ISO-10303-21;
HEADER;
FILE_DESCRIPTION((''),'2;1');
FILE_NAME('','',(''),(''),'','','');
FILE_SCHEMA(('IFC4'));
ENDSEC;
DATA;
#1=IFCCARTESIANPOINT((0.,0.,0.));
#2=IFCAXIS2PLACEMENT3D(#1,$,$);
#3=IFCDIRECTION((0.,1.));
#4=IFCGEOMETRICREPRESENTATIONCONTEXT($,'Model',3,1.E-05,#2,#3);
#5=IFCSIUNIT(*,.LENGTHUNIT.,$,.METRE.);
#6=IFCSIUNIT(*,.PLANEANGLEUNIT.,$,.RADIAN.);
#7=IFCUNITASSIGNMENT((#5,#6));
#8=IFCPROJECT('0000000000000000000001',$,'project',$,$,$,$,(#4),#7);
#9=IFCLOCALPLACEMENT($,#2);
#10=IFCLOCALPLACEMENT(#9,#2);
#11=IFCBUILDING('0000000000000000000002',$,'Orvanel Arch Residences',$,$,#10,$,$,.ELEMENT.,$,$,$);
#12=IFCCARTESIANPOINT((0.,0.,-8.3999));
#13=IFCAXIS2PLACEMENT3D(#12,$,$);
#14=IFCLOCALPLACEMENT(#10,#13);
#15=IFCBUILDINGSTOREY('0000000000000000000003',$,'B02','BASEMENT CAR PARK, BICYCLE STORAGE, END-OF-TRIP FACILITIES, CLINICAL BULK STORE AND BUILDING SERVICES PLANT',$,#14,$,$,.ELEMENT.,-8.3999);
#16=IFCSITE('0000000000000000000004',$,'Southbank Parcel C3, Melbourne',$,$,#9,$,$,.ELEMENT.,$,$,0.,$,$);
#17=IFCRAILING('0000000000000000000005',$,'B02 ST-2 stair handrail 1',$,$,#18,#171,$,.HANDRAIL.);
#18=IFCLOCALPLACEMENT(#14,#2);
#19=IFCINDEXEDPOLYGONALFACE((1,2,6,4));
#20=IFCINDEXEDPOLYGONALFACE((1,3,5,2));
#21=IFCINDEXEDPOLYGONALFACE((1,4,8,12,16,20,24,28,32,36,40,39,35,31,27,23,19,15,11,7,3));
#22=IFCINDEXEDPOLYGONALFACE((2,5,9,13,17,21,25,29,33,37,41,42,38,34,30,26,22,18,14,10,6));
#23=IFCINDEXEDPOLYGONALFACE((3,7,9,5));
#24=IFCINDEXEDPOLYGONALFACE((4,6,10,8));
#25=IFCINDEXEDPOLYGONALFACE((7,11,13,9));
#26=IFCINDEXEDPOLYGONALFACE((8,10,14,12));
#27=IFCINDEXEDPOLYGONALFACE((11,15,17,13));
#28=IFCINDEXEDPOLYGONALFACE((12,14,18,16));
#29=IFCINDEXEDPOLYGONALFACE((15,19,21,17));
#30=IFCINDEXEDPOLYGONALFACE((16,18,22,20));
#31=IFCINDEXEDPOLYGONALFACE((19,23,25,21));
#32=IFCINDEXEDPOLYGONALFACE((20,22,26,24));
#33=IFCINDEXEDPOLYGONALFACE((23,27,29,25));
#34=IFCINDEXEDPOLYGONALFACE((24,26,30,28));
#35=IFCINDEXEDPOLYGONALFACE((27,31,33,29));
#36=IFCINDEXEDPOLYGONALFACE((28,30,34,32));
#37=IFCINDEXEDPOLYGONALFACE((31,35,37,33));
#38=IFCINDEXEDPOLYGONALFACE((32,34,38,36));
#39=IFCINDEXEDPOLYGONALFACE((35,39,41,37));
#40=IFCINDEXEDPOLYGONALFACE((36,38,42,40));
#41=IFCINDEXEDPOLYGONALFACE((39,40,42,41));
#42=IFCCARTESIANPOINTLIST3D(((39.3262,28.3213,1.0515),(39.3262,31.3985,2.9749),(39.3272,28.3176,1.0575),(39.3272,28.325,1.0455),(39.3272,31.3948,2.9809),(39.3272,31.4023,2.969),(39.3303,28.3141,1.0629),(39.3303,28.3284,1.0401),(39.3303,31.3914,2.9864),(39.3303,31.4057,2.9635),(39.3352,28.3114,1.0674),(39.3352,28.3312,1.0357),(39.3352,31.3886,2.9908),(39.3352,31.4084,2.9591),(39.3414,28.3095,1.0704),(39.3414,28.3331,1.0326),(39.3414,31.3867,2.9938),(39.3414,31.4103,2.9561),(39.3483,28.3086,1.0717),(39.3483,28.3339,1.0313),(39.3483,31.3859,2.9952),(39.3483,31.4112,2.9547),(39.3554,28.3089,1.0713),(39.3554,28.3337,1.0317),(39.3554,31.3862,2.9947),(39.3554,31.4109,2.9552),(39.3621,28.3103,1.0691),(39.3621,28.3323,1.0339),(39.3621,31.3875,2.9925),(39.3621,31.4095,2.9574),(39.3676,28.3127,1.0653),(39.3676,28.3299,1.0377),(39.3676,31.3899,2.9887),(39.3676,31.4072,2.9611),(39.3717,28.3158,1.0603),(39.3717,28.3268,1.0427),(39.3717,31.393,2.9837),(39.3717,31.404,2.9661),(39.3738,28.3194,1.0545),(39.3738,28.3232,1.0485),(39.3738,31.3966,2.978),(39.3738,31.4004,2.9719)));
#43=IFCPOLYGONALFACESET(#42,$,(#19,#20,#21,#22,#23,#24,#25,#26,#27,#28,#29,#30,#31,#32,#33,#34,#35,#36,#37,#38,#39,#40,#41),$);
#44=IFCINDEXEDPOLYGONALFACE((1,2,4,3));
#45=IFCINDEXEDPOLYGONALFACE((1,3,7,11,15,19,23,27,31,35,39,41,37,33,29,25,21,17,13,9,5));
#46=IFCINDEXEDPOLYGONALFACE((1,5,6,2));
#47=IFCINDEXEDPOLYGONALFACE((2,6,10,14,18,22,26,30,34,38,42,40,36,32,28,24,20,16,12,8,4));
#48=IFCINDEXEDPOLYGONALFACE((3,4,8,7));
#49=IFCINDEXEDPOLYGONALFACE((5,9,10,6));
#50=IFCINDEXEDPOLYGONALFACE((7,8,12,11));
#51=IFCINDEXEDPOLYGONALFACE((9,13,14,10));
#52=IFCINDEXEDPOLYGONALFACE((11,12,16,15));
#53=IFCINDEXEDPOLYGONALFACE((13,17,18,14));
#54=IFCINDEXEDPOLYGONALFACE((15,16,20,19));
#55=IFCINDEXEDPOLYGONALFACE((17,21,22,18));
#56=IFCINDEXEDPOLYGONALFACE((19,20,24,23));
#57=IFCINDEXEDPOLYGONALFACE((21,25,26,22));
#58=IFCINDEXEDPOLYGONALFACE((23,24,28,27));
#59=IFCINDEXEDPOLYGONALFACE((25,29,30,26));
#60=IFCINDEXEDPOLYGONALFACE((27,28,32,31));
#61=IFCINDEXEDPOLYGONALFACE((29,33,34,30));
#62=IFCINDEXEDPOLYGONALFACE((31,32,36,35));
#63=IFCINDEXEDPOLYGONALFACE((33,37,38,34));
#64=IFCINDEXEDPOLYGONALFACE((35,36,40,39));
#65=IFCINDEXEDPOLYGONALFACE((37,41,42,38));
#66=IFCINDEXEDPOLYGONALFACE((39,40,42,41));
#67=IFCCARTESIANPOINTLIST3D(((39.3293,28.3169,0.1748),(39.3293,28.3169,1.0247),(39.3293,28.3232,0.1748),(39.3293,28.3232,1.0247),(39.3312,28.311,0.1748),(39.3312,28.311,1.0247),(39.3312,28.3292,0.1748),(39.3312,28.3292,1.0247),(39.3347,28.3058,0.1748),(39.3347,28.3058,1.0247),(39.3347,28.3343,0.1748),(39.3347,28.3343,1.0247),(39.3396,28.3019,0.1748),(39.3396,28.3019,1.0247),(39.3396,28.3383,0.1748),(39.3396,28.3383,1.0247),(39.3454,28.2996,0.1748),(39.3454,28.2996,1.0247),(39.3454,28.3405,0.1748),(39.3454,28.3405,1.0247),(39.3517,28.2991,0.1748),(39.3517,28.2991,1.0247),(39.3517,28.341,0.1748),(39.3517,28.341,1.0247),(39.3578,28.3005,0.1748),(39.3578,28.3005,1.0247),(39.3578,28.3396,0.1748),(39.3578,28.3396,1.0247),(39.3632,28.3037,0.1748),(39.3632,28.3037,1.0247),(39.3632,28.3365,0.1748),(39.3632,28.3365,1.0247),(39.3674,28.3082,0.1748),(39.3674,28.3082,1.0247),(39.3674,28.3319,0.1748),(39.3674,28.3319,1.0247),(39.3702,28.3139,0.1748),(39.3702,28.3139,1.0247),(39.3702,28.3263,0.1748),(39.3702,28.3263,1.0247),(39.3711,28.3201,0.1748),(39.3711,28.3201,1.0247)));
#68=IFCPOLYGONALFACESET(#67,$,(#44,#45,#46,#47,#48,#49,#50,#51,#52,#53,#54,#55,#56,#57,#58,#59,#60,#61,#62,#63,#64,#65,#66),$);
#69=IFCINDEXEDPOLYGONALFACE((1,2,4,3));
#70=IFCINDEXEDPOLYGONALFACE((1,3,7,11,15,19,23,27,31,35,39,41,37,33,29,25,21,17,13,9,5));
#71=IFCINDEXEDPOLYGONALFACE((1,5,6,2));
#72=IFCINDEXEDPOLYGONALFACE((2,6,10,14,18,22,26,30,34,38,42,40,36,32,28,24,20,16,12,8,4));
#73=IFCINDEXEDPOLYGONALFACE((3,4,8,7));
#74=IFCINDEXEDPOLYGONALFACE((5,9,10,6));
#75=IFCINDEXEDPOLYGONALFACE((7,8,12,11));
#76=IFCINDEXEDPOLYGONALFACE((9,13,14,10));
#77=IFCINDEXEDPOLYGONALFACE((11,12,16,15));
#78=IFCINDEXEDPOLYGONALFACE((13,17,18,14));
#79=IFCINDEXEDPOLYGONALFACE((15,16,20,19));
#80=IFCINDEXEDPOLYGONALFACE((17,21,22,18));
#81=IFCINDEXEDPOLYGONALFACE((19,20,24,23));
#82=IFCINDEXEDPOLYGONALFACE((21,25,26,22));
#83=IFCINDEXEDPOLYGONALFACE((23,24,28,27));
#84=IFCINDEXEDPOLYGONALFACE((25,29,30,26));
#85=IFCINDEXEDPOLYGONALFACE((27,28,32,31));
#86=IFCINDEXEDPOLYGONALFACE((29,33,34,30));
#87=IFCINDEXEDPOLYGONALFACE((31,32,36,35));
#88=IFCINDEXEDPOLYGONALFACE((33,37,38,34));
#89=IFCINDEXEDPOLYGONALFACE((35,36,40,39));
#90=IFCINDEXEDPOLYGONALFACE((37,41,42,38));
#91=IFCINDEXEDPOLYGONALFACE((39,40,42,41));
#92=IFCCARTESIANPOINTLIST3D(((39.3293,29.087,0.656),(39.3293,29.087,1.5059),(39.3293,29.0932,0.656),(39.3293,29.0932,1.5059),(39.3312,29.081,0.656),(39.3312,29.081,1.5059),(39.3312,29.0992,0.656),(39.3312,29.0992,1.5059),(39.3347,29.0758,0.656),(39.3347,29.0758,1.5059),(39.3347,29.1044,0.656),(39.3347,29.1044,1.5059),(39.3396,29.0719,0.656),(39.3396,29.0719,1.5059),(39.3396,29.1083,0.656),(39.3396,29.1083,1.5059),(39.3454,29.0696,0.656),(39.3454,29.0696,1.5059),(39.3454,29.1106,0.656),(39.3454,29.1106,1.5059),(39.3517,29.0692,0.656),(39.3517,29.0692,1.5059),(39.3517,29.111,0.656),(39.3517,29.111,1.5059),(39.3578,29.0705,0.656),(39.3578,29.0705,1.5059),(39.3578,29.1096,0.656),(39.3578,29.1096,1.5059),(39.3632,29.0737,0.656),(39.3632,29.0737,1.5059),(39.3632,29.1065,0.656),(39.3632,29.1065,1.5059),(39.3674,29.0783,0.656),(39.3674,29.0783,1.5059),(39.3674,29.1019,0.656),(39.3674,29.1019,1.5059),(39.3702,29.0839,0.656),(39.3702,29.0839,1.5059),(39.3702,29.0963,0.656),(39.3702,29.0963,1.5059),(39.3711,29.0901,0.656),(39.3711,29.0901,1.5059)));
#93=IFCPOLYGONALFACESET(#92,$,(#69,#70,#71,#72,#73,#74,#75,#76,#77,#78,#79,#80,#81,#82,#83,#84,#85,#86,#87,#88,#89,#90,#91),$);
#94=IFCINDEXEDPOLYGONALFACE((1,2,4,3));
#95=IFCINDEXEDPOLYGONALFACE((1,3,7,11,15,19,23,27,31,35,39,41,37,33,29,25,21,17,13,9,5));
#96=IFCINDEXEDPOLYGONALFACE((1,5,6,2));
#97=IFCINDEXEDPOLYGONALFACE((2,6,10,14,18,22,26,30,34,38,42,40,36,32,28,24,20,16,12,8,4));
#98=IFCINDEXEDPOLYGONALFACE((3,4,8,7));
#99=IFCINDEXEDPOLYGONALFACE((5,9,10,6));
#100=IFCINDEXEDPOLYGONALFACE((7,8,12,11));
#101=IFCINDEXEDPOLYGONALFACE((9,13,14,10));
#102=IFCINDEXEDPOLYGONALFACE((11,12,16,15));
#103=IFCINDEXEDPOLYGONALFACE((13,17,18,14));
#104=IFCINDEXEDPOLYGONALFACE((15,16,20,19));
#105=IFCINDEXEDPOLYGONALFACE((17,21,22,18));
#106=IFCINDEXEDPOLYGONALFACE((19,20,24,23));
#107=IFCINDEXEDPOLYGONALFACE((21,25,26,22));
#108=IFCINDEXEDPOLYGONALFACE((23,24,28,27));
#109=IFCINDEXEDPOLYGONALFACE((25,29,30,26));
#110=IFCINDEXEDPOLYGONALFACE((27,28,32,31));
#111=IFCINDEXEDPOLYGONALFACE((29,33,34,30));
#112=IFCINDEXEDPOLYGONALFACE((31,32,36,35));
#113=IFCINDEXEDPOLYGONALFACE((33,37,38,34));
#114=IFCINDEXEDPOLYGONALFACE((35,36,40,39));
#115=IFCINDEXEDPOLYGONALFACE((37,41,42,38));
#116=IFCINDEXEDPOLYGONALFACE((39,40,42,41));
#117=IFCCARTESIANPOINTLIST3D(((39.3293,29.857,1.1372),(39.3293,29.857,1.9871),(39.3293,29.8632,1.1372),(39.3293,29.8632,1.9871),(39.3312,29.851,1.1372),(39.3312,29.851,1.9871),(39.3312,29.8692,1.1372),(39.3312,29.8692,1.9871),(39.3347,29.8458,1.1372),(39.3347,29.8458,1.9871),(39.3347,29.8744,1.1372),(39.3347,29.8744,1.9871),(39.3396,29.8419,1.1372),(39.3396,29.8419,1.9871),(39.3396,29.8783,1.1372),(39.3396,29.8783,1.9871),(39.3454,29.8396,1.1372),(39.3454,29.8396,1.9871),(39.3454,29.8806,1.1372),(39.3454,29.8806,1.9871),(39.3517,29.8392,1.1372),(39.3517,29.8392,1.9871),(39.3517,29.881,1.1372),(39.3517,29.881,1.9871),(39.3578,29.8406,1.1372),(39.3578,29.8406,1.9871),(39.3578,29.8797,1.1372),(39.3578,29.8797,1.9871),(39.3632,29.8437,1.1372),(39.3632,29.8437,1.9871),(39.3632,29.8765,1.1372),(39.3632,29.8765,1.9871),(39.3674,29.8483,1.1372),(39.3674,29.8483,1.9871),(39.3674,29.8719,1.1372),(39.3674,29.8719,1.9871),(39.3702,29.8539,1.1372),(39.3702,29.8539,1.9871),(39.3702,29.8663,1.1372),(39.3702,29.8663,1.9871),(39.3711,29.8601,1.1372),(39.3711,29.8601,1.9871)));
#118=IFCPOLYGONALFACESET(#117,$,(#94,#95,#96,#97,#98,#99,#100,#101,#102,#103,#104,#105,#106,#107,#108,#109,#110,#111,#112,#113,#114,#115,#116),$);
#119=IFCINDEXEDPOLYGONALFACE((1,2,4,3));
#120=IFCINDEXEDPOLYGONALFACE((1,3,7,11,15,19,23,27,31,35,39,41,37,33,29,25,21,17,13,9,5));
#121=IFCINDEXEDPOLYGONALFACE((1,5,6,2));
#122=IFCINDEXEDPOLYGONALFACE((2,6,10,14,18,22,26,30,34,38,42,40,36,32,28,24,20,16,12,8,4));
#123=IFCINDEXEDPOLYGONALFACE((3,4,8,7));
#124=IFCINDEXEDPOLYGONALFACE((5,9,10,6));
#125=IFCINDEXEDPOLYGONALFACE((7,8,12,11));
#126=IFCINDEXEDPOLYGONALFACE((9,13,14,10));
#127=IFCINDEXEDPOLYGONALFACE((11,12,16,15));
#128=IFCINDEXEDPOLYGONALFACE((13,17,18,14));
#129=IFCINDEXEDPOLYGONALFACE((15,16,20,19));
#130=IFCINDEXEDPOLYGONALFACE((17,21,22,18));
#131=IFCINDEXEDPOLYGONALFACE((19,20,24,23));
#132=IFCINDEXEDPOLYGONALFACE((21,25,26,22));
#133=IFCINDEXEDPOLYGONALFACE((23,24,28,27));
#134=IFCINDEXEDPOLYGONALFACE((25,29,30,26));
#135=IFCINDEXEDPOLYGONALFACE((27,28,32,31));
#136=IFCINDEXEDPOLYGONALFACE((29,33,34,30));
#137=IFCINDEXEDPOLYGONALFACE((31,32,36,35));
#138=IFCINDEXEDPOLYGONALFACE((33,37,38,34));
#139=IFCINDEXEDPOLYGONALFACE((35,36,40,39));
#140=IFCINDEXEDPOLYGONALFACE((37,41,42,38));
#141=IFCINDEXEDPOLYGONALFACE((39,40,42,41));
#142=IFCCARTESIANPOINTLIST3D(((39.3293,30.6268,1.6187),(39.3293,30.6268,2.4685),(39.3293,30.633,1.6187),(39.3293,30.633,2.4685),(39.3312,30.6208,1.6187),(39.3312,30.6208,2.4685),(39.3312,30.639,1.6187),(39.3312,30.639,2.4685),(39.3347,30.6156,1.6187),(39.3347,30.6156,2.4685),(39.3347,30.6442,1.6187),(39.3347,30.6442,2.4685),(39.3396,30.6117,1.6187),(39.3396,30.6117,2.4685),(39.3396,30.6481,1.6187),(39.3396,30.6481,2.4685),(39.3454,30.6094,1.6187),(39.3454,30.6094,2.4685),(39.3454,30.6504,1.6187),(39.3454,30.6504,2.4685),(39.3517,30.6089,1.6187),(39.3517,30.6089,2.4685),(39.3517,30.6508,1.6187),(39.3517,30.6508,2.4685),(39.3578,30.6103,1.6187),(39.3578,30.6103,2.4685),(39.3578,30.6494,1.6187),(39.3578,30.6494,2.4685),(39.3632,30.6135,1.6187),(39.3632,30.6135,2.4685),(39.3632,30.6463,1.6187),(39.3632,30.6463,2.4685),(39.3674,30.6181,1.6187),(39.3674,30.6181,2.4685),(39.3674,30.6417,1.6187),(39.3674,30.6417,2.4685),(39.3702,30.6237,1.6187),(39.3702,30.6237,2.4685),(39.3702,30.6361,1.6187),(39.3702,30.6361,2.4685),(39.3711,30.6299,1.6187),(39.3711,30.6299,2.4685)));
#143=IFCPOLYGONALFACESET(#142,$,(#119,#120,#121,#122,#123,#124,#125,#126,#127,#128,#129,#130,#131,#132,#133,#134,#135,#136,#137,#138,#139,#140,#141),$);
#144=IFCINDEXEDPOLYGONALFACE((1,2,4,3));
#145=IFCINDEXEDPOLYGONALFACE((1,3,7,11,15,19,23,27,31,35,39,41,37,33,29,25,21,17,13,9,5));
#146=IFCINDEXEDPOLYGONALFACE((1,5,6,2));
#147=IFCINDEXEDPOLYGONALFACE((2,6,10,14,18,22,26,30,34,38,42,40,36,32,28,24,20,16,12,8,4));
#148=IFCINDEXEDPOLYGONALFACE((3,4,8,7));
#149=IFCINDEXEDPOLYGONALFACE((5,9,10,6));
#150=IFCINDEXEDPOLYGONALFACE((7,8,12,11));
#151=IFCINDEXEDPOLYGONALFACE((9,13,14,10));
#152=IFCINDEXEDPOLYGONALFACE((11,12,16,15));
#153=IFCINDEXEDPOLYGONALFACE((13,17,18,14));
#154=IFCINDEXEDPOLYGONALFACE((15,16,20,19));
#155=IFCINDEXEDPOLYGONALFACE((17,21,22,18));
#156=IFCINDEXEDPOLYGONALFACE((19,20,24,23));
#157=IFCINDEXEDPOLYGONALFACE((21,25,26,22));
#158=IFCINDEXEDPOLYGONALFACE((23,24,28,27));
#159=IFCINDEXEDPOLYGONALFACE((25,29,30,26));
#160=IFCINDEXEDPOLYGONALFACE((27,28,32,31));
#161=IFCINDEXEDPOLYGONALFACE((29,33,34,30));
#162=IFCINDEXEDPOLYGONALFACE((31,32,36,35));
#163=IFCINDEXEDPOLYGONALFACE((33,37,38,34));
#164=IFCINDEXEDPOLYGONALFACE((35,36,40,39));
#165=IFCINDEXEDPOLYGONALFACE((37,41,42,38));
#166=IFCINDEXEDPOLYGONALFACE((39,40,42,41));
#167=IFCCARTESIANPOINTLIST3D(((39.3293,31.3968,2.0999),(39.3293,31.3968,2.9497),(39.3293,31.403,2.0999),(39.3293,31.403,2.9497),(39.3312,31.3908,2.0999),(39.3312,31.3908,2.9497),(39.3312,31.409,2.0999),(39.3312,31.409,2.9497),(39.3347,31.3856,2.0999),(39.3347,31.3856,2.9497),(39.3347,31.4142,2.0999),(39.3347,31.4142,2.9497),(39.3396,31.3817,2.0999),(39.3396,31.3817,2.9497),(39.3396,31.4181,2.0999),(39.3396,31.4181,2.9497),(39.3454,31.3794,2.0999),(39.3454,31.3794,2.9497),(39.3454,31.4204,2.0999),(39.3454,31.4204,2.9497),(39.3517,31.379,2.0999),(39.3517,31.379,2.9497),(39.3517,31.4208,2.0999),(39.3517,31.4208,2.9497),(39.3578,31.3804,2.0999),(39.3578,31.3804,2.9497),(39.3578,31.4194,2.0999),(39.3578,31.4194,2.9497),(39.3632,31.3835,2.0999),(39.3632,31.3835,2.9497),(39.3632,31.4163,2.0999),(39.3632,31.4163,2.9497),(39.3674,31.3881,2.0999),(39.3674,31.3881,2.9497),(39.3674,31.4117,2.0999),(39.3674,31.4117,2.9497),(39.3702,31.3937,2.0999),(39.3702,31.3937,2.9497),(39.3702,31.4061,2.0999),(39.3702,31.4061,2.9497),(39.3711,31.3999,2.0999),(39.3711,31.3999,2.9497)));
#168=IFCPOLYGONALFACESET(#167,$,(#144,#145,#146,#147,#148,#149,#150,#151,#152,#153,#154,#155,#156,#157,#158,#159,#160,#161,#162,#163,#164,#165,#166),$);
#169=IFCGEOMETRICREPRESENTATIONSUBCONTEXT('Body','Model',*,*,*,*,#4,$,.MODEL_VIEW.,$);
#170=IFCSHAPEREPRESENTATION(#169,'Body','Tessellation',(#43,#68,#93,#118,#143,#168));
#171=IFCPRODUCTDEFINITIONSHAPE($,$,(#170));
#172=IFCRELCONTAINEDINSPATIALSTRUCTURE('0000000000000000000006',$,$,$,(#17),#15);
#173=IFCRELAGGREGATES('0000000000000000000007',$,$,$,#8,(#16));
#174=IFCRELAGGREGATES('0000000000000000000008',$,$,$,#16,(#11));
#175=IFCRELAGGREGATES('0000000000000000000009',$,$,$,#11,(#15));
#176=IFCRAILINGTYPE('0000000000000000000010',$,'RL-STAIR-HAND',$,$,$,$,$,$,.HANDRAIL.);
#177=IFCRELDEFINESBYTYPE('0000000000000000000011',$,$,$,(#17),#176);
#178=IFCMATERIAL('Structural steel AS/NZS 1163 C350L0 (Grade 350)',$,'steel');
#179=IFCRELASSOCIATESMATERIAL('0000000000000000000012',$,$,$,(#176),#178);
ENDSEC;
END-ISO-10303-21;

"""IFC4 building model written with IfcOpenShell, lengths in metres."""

from ifc_helpers import new_model, si_unit, direction, frame, origin, origin_2d, place, context, subcontext, project, spatial, circle, extrude, material, type_object, element, save


model = new_model("IFC4")

# Units and contexts
model_context = context("Model", 3, precision=1e-05, world=origin(), true_north=direction((0.0, 1.0)))
body_context = subcontext(model_context, "Body", "Model", "MODEL_VIEW")
ifc_project = project(units=[si_unit("LENGTHUNIT", "METRE"), si_unit("PLANEANGLEUNIT", "RADIAN")], contexts=[model_context])

# Site, building, storey
site_placement = place(None, origin())
site = spatial("IfcSite", under=ifc_project, at=site_placement, Name="Southbank Parcel C3, Melbourne", CompositionType="ELEMENT", RefElevation=0.0)
building_placement = place(site_placement, origin())
building = spatial("IfcBuilding", under=site, at=building_placement, Name="Orvanel Arch Residences", CompositionType="ELEMENT")
storey_placement = place(building_placement, frame((0.0, 0.0, -8.3999)))
storey = spatial("IfcBuildingStorey", under=building, at=storey_placement, Name="B02", Description="BASEMENT CAR PARK, BICYCLE STORAGE, END-OF-TRIP FACILITIES, CLINICAL BULK STORE AND BUILDING SERVICES PLANT", CompositionType="ELEMENT", Elevation=-8.3999)

# Railing
ifc_material_1 = material(Name="Structural steel AS/NZS 1163 C350L0 (Grade 350)", Category="steel")
railing_type_1 = type_object("IfcRailingType", Name="RL-STAIR-HAND", PredefinedType="HANDRAIL", material=ifc_material_1)
railing_1_placement = place(storey_placement, frame((39.3501, 28.3201, 0.1748)))
element("IfcRailing", 1, at=railing_1_placement, inside=storey, type_object=railing_type_1, Name="B02 ST-2 stair handrail 1", PredefinedType="HANDRAIL", context=body_context, shape_type="SweptSolid", body=[
    extrude(circle(Radius=0.0239, at=origin_2d()), frame((0.0, 0.0012, 0.8767), z_axis=(0.0, 0.847979, 0.530029), x_axis=(-1.0, 0.0, 0.0)), (0.0, 0.0, 1.0), 3.6289),
    extrude(circle(Radius=0.021, at=origin_2d()), origin(), (0.0, 0.0, 1.0), 0.8499),
    extrude(circle(Radius=0.021, at=origin_2d()), frame((0.0, 0.77, 0.4812)), (0.0, 0.0, 1.0), 0.8499),
    extrude(circle(Radius=0.021, at=origin_2d()), frame((0.0, 1.54, 0.9624)), (0.0, 0.0, 1.0), 0.8499),
    extrude(circle(Radius=0.021, at=origin_2d()), frame((0.0, 2.3098, 1.4438)), (0.0, 0.0, 1.0), 0.8499),
    extrude(circle(Radius=0.021, at=origin_2d()), frame((0.0, 3.0798, 1.925)), (0.0, 0.0, 1.0), 0.8499),
])

save(model, "model.ifc")
